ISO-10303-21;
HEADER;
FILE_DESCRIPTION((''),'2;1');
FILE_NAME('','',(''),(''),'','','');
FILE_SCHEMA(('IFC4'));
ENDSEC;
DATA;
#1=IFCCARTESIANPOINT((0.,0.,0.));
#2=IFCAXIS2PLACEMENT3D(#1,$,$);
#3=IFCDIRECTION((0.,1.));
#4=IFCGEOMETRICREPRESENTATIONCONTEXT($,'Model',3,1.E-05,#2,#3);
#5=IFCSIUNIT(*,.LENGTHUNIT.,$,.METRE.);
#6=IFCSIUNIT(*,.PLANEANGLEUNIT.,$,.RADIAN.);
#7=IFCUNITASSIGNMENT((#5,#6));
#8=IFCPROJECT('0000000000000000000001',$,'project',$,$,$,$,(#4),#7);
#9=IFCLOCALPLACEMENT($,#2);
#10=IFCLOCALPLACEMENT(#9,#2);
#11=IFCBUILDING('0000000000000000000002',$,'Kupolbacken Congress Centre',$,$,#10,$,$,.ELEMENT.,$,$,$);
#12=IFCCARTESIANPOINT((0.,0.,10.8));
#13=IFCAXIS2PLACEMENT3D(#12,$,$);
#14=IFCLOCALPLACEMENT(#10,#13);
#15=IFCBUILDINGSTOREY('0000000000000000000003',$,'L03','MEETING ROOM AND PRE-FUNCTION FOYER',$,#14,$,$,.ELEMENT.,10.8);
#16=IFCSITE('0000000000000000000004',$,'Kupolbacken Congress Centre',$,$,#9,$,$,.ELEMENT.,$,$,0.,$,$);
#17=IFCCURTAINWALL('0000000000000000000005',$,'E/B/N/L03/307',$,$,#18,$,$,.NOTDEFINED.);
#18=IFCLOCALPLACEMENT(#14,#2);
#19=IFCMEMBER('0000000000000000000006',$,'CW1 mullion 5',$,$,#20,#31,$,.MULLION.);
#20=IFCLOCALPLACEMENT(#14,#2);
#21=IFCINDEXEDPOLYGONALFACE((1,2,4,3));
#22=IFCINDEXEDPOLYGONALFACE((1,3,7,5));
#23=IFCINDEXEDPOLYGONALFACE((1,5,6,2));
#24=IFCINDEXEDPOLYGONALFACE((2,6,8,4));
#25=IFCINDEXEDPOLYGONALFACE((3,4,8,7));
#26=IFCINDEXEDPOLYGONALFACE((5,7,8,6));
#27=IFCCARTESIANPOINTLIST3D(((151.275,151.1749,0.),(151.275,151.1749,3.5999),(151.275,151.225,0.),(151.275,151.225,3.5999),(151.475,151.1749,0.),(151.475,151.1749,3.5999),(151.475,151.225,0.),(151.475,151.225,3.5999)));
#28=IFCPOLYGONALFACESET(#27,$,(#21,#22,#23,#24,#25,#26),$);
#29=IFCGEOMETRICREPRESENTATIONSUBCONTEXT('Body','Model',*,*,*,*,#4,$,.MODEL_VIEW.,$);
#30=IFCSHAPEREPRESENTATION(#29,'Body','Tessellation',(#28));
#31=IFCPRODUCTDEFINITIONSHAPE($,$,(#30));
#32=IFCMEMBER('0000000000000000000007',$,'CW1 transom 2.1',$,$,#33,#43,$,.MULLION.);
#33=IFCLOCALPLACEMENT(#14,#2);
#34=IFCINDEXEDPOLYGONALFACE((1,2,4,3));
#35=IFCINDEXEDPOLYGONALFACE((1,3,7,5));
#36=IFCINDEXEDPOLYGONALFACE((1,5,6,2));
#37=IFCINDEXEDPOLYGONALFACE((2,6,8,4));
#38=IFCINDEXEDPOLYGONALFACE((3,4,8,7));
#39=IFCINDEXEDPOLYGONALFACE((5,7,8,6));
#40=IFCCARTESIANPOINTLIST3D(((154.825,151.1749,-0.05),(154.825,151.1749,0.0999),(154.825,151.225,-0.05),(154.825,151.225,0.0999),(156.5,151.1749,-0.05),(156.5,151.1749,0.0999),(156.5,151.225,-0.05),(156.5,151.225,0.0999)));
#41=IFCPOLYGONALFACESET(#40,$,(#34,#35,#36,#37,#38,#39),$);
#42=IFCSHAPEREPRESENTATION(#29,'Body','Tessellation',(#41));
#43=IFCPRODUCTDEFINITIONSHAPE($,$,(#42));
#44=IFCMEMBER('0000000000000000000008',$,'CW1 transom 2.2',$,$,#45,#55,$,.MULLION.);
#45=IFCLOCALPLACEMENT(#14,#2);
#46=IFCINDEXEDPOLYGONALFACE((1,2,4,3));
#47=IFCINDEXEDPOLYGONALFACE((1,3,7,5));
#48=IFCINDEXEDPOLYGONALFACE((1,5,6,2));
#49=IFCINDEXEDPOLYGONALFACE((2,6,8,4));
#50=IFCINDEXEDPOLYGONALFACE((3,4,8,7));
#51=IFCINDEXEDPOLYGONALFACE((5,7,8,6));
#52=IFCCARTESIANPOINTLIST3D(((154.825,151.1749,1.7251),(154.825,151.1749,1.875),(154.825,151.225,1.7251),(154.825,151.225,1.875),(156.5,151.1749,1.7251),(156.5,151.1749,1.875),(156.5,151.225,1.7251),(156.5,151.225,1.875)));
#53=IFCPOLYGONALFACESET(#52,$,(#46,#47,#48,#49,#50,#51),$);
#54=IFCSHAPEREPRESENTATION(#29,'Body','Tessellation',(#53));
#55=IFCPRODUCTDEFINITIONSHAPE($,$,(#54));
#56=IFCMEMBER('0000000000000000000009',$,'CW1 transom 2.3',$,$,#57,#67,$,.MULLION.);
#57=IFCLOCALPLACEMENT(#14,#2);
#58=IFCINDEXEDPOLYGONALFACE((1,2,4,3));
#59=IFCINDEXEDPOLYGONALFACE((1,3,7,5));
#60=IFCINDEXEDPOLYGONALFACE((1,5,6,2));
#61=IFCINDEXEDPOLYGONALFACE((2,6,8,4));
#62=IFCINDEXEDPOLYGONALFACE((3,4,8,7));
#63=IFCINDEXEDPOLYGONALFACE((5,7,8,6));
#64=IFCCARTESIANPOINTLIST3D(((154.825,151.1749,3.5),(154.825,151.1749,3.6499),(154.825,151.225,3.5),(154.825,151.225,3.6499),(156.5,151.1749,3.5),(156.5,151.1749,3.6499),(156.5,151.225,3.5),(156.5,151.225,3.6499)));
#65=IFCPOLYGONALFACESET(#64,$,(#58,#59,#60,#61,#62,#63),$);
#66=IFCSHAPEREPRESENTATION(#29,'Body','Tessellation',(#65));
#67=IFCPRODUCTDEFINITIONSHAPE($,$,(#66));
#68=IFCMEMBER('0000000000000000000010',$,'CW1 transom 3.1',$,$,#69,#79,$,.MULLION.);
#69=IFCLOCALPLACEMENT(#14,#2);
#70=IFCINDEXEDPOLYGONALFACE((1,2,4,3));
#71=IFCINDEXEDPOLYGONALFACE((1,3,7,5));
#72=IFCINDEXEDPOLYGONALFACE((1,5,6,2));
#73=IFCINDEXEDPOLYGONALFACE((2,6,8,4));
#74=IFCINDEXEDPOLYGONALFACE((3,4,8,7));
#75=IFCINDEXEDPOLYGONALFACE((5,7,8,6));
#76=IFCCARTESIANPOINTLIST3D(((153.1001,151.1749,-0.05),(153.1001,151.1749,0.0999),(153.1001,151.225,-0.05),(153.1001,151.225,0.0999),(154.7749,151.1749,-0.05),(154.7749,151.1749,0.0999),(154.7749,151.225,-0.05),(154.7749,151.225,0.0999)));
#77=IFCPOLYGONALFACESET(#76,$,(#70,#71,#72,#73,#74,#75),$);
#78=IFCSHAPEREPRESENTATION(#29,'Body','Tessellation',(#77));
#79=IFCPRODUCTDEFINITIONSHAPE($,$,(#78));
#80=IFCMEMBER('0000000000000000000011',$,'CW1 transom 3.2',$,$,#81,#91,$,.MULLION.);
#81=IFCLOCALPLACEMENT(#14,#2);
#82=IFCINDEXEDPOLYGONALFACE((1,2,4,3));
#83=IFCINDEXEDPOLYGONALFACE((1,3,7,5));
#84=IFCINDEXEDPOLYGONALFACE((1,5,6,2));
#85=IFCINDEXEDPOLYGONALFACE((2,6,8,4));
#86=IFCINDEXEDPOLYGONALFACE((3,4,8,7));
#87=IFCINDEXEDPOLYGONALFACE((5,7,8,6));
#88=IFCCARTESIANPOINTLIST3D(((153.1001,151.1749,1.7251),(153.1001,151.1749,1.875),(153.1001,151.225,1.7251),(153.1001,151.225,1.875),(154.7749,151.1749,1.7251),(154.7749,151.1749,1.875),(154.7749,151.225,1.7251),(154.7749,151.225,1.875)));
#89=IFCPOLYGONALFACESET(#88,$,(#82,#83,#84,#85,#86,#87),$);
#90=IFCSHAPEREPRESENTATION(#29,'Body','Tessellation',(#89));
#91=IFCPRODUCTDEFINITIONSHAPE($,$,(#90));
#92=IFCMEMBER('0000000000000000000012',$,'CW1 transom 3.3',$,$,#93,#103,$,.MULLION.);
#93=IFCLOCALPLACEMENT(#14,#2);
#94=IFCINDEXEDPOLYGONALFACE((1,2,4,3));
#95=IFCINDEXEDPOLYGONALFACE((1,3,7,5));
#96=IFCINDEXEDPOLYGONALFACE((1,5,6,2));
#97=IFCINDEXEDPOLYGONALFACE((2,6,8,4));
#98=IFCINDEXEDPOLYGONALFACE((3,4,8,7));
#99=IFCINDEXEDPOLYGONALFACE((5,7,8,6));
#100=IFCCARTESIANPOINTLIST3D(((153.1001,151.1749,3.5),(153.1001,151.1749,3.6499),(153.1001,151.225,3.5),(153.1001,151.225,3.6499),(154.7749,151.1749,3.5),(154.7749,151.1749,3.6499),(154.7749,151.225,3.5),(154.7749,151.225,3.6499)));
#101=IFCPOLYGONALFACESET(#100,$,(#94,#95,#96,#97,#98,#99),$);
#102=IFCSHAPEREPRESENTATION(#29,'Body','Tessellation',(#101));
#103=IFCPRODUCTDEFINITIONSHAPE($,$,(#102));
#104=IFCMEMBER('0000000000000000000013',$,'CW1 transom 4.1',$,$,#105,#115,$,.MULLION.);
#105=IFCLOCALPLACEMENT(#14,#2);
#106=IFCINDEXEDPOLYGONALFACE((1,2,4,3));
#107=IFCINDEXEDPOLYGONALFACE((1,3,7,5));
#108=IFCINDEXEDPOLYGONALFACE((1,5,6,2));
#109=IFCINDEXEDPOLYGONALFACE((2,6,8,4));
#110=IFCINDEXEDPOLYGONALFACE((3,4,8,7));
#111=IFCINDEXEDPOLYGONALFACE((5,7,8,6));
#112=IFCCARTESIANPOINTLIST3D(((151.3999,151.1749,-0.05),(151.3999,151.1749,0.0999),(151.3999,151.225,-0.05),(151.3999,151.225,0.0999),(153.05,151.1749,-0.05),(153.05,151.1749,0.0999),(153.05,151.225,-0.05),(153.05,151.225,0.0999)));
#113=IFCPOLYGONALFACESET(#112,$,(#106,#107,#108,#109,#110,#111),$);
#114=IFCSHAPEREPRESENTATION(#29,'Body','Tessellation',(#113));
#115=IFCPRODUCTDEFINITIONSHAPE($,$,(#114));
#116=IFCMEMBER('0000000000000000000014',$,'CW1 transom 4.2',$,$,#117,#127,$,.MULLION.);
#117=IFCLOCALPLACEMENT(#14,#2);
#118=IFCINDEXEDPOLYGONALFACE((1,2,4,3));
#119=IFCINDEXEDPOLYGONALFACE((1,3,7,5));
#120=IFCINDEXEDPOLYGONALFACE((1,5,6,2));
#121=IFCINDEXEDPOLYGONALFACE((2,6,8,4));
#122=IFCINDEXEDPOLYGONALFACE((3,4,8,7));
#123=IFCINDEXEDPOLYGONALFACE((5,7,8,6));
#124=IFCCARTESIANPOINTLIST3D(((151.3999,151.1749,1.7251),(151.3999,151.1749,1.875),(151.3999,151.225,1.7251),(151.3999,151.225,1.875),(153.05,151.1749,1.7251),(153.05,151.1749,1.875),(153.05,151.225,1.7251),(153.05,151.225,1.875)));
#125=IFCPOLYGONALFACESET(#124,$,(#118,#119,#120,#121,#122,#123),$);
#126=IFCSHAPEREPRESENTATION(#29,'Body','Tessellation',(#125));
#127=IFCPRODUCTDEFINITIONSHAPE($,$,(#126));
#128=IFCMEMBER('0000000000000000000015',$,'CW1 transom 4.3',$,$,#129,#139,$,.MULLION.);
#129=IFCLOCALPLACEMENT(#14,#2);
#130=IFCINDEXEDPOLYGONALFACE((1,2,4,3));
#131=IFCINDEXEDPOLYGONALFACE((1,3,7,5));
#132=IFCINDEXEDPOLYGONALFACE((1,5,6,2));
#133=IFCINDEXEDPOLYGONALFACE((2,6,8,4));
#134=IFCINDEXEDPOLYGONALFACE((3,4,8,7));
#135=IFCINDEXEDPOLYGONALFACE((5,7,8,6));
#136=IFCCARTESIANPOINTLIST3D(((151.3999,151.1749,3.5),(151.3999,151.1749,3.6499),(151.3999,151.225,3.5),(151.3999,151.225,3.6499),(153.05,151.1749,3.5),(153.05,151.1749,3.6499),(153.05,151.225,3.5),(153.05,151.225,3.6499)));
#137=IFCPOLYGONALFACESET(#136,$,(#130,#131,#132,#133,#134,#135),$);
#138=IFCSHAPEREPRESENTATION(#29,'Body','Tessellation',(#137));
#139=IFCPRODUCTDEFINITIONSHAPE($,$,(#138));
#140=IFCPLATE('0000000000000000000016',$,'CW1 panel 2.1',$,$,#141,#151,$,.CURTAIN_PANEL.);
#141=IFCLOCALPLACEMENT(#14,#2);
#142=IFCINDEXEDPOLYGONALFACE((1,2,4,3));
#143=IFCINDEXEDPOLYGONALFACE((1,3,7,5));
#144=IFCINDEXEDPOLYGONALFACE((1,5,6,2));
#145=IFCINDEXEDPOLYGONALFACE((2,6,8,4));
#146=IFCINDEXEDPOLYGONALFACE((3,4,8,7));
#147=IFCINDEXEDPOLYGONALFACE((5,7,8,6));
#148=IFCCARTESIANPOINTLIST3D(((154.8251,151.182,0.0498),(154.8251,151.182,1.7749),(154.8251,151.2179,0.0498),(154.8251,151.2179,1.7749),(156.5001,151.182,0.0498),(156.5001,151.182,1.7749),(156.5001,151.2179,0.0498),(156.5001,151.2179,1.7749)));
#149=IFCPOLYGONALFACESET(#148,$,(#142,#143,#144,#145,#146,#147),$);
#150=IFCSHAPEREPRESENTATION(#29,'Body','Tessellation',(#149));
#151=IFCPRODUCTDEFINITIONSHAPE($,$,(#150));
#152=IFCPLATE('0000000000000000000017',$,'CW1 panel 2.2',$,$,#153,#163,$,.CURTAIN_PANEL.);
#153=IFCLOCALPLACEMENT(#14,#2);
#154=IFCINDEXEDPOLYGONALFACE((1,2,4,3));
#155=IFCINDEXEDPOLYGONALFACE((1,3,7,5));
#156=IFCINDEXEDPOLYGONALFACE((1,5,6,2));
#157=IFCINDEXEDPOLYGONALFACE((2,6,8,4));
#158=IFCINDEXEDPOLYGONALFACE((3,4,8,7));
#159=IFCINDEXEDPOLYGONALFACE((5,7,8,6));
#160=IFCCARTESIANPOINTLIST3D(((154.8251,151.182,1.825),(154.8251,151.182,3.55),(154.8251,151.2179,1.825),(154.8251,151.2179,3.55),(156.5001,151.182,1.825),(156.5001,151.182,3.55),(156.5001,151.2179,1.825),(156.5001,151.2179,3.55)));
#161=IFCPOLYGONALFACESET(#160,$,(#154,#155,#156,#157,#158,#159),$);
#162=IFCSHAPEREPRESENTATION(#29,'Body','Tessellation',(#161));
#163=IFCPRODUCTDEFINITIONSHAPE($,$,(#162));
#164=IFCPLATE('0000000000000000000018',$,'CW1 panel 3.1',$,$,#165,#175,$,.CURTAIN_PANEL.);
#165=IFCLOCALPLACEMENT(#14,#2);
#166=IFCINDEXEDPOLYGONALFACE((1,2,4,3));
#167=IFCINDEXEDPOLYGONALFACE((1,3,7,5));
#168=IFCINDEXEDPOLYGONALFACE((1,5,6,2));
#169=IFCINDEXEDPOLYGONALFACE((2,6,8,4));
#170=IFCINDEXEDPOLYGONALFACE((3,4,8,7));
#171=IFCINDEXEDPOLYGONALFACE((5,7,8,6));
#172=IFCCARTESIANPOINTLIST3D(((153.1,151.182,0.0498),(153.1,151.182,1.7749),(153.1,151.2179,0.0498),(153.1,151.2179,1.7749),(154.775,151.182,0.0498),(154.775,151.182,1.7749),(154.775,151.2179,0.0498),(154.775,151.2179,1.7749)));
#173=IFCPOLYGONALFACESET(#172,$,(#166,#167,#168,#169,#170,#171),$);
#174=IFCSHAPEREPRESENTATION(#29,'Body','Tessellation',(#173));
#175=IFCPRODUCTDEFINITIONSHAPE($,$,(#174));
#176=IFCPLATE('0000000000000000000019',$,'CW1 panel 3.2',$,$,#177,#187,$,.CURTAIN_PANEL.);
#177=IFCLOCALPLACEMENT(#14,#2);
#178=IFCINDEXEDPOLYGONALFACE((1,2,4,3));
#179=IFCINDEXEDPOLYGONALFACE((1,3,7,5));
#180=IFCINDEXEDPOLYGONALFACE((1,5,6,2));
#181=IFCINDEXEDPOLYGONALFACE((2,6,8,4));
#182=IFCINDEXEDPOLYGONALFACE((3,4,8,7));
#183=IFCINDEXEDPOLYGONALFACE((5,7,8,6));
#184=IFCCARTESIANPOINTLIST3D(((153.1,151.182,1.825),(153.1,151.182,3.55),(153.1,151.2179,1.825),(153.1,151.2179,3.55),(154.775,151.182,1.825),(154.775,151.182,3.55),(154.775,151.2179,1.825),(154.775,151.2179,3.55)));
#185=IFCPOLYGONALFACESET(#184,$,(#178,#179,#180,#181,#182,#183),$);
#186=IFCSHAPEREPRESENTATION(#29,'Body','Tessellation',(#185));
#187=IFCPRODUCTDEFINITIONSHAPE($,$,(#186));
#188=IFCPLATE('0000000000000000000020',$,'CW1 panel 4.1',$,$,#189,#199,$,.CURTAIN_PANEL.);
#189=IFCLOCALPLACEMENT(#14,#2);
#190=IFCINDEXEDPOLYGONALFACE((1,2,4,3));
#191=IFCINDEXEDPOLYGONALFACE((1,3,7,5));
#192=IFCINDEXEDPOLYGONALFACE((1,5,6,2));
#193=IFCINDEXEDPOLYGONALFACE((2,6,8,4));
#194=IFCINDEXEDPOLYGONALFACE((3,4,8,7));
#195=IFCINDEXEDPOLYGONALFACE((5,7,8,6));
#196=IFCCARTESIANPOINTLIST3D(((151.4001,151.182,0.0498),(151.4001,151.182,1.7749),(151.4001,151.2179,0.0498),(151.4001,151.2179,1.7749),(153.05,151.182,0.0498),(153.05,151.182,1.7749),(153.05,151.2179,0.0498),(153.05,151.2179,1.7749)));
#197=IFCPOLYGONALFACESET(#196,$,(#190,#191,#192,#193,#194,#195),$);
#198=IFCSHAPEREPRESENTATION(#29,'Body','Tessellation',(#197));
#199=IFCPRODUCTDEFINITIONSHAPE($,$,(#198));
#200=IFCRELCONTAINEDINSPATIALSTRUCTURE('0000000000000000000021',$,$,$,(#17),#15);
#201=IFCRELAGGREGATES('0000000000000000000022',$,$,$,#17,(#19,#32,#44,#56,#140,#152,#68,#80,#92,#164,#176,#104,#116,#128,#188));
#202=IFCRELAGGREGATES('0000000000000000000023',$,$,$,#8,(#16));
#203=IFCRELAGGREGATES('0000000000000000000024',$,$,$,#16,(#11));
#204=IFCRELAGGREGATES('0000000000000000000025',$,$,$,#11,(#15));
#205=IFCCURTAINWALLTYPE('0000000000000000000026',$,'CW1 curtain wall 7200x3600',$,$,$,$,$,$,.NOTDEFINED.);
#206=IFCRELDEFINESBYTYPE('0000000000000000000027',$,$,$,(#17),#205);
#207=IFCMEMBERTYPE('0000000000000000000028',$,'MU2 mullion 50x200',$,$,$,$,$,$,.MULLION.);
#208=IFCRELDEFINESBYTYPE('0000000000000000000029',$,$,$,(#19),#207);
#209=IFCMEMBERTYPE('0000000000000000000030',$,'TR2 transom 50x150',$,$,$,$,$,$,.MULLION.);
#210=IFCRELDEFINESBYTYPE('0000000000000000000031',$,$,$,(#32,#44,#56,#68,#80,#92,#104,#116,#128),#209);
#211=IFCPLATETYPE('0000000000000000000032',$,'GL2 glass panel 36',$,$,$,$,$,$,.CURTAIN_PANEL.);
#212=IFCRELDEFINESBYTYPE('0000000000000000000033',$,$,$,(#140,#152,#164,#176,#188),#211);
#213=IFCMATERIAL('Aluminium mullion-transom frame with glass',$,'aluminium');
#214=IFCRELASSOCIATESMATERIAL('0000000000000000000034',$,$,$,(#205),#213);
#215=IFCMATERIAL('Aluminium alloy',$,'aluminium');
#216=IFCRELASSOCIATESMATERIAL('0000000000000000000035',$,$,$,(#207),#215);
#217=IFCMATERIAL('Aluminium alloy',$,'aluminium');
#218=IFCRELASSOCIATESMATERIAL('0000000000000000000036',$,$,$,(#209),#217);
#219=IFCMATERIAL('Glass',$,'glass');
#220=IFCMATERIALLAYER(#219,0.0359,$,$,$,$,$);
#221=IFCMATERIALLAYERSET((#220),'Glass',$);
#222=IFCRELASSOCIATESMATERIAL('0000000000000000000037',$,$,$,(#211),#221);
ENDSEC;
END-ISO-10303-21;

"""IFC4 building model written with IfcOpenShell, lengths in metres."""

from ifc_helpers import new_model, si_unit, direction, frame, origin, origin_2d, place, context, subcontext, project, spatial, rectangle, extrude, material, layer, layer_set, material_profile, profile_set, type_object, element, aggregate, save


model = new_model("IFC4")

# Units and contexts
model_context = context("Model", 3, precision=1e-05, world=origin(), true_north=direction((0.0, 1.0)))
body_context = subcontext(model_context, "Body", "Model", "MODEL_VIEW")
ifc_project = project(units=[si_unit("LENGTHUNIT", "METRE"), si_unit("PLANEANGLEUNIT", "RADIAN")], contexts=[model_context])

# Site, building, storey
site_placement = place(None, origin())
site = spatial("IfcSite", under=ifc_project, at=site_placement, Name="Kupolbacken Congress Centre", CompositionType="ELEMENT", RefElevation=0.0)
building_placement = place(site_placement, origin())
building = spatial("IfcBuilding", under=site, at=building_placement, Name="Kupolbacken Congress Centre", CompositionType="ELEMENT")
storey_placement = place(building_placement, frame((0.0, 0.0, 10.8)))
storey = spatial("IfcBuildingStorey", under=building, at=storey_placement, Name="L03", Description="MEETING ROOM AND PRE-FUNCTION FOYER", CompositionType="ELEMENT", Elevation=10.8)

# Curtain wall, members, plates
ifc_material_1 = material(Name="Aluminium mullion-transom frame with glass", Category="aluminium")
curtain_wall_type = type_object("IfcCurtainWallType", Name="CW1 curtain wall 7200x3600", PredefinedType="NOTDEFINED", material=ifc_material_1)
curtain_wall_placement = place(storey_placement, origin())
curtain_wall = element("IfcCurtainWall", 1, at=curtain_wall_placement, inside=storey, type_object=curtain_wall_type, Name="E/B/N/L03/307", PredefinedType="NOTDEFINED")
ifc_material_2 = material(Name="Aluminium alloy", Category="aluminium")
ifc_material_profile_1 = material_profile(ifc_material_2, rectangle(XDim=0.05, YDim=0.2, at=origin_2d()), Name="50 x 200")
ifc_profile_set_1 = profile_set([ifc_material_profile_1], Name="Aluminium alloy")
member_type_1 = type_object("IfcMemberType", Name="MU2 mullion 50x200", PredefinedType="MULLION", material=ifc_profile_set_1)
member_1_placement = place(storey_placement, frame((151.375, 151.2, 0.0), z_axis=(0.0, 0.0, 1.0), x_axis=(0.0, -1.0, 0.0)))
member_1 = element("IfcMember", 2, at=member_1_placement, type_object=member_type_1, Name="CW1 mullion 5", PredefinedType="MULLION", context=body_context, shape_type="SweptSolid", body=[
    extrude(rectangle(XDim=0.05, YDim=0.2, at=origin_2d()), origin(), (0.0, 0.0, 1.0), 3.5999),
])
ifc_material_3 = material(Name="Aluminium alloy", Category="aluminium")
ifc_material_profile_2 = material_profile(ifc_material_3, rectangle(XDim=0.05, YDim=0.1499, at=origin_2d()), Name="50 x 150")
ifc_profile_set_2 = profile_set([ifc_material_profile_2], Name="Aluminium alloy")
member_type_2 = type_object("IfcMemberType", Name="TR2 transom 50x150", PredefinedType="MULLION", material=ifc_profile_set_2)
member_2_placement = place(storey_placement, frame((156.5, 151.2, 0.0249), z_axis=(-1.0, 0.0, 0.0), x_axis=(0.0, -1.0, 0.0)))
member_2 = element("IfcMember", 3, at=member_2_placement, type_object=member_type_2, Name="CW1 transom 2.1", PredefinedType="MULLION", context=body_context, shape_type="SweptSolid", body=[
    extrude(rectangle(XDim=0.05, YDim=0.1499, at=origin_2d()), origin(), (0.0, 0.0, 1.0), 1.675),
])
member_3_placement = place(storey_placement, frame((156.5, 151.2, 1.8), z_axis=(-1.0, 0.0, 0.0), x_axis=(0.0, -1.0, 0.0)))
member_3 = element("IfcMember", 4, at=member_3_placement, type_object=member_type_2, Name="CW1 transom 2.2", PredefinedType="MULLION", context=body_context, shape_type="SweptSolid", body=[
    extrude(rectangle(XDim=0.05, YDim=0.1499, at=origin_2d()), origin(), (0.0, 0.0, 1.0), 1.675),
])
member_4_placement = place(storey_placement, frame((156.5, 151.2, 3.575), z_axis=(-1.0, 0.0, 0.0), x_axis=(0.0, -1.0, 0.0)))
member_4 = element("IfcMember", 5, at=member_4_placement, type_object=member_type_2, Name="CW1 transom 2.3", PredefinedType="MULLION", context=body_context, shape_type="SweptSolid", body=[
    extrude(rectangle(XDim=0.05, YDim=0.1499, at=origin_2d()), origin(), (0.0, 0.0, 1.0), 1.675),
])
member_5_placement = place(storey_placement, frame((154.7749, 151.2, 0.0249), z_axis=(-1.0, 0.0, 0.0), x_axis=(0.0, -1.0, 0.0)))
member_5 = element("IfcMember", 6, at=member_5_placement, type_object=member_type_2, Name="CW1 transom 3.1", PredefinedType="MULLION", context=body_context, shape_type="SweptSolid", body=[
    extrude(rectangle(XDim=0.05, YDim=0.1499, at=origin_2d()), origin(), (0.0, 0.0, 1.0), 1.6748),
])
member_6_placement = place(storey_placement, frame((154.7749, 151.2, 1.8), z_axis=(-1.0, 0.0, 0.0), x_axis=(0.0, -1.0, 0.0)))
member_6 = element("IfcMember", 7, at=member_6_placement, type_object=member_type_2, Name="CW1 transom 3.2", PredefinedType="MULLION", context=body_context, shape_type="SweptSolid", body=[
    extrude(rectangle(XDim=0.05, YDim=0.1499, at=origin_2d()), origin(), (0.0, 0.0, 1.0), 1.6748),
])
member_7_placement = place(storey_placement, frame((154.7749, 151.2, 3.575), z_axis=(-1.0, 0.0, 0.0), x_axis=(0.0, -1.0, 0.0)))
member_7 = element("IfcMember", 8, at=member_7_placement, type_object=member_type_2, Name="CW1 transom 3.3", PredefinedType="MULLION", context=body_context, shape_type="SweptSolid", body=[
    extrude(rectangle(XDim=0.05, YDim=0.1499, at=origin_2d()), origin(), (0.0, 0.0, 1.0), 1.6748),
])
member_8_placement = place(storey_placement, frame((153.05, 151.2, 0.0249), z_axis=(-1.0, 0.0, 0.0), x_axis=(0.0, -1.0, 0.0)))
member_8 = element("IfcMember", 9, at=member_8_placement, type_object=member_type_2, Name="CW1 transom 4.1", PredefinedType="MULLION", context=body_context, shape_type="SweptSolid", body=[
    extrude(rectangle(XDim=0.05, YDim=0.1499, at=origin_2d()), origin(), (0.0, 0.0, 1.0), 1.6501),
])
member_9_placement = place(storey_placement, frame((153.05, 151.2, 1.8), z_axis=(-1.0, 0.0, 0.0), x_axis=(0.0, -1.0, 0.0)))
member_9 = element("IfcMember", 10, at=member_9_placement, type_object=member_type_2, Name="CW1 transom 4.2", PredefinedType="MULLION", context=body_context, shape_type="SweptSolid", body=[
    extrude(rectangle(XDim=0.05, YDim=0.1499, at=origin_2d()), origin(), (0.0, 0.0, 1.0), 1.6501),
])
member_10_placement = place(storey_placement, frame((153.05, 151.2, 3.575), z_axis=(-1.0, 0.0, 0.0), x_axis=(0.0, -1.0, 0.0)))
member_10 = element("IfcMember", 11, at=member_10_placement, type_object=member_type_2, Name="CW1 transom 4.3", PredefinedType="MULLION", context=body_context, shape_type="SweptSolid", body=[
    extrude(rectangle(XDim=0.05, YDim=0.1499, at=origin_2d()), origin(), (0.0, 0.0, 1.0), 1.6501),
])
ifc_material_4 = material(Name="Glass", Category="glass")
ifc_layer_1 = layer(ifc_material_4, 0.0359)
ifc_layer_set_1 = layer_set([ifc_layer_1], Name="Glass")
plate_type = type_object("IfcPlateType", Name="GL2 glass panel 36", PredefinedType="CURTAIN_PANEL", material=ifc_layer_set_1)
plate_1_placement = place(storey_placement, frame((155.6626, 151.2, 0.0498), z_axis=(0.0, 0.0, 1.0), x_axis=(-1.0, 0.0, 0.0)))
plate_1 = element("IfcPlate", 12, at=plate_1_placement, type_object=plate_type, Name="CW1 panel 2.1", PredefinedType="CURTAIN_PANEL", context=body_context, shape_type="SweptSolid", body=[
    extrude(rectangle(XDim=1.675, YDim=0.0359, at=origin_2d()), origin(), (0.0, 0.0, 1.0), 1.7251),
])
plate_2_placement = place(storey_placement, frame((155.6626, 151.2, 1.825), z_axis=(0.0, 0.0, 1.0), x_axis=(-1.0, 0.0, 0.0)))
plate_2 = element("IfcPlate", 13, at=plate_2_placement, type_object=plate_type, Name="CW1 panel 2.2", PredefinedType="CURTAIN_PANEL", context=body_context, shape_type="SweptSolid", body=[
    extrude(rectangle(XDim=1.675, YDim=0.0359, at=origin_2d()), origin(), (0.0, 0.0, 1.0), 1.7251),
])
plate_3_placement = place(storey_placement, frame((153.9375, 151.2, 0.0498), z_axis=(0.0, 0.0, 1.0), x_axis=(-1.0, 0.0, 0.0)))
plate_3 = element("IfcPlate", 14, at=plate_3_placement, type_object=plate_type, Name="CW1 panel 3.1", PredefinedType="CURTAIN_PANEL", context=body_context, shape_type="SweptSolid", body=[
    extrude(rectangle(XDim=1.675, YDim=0.0359, at=origin_2d()), origin(), (0.0, 0.0, 1.0), 1.7251),
])
plate_4_placement = place(storey_placement, frame((153.9375, 151.2, 1.825), z_axis=(0.0, 0.0, 1.0), x_axis=(-1.0, 0.0, 0.0)))
plate_4 = element("IfcPlate", 15, at=plate_4_placement, type_object=plate_type, Name="CW1 panel 3.2", PredefinedType="CURTAIN_PANEL", context=body_context, shape_type="SweptSolid", body=[
    extrude(rectangle(XDim=1.675, YDim=0.0359, at=origin_2d()), origin(), (0.0, 0.0, 1.0), 1.7251),
])
plate_5_placement = place(storey_placement, frame((152.2251, 151.2, 0.0498), z_axis=(0.0, 0.0, 1.0), x_axis=(-1.0, 0.0, 0.0)))
plate_5 = element("IfcPlate", 16, at=plate_5_placement, type_object=plate_type, Name="CW1 panel 4.1", PredefinedType="CURTAIN_PANEL", context=body_context, shape_type="SweptSolid", body=[
    extrude(rectangle(XDim=1.6499, YDim=0.0359, at=origin_2d()), origin(), (0.0, 0.0, 1.0), 1.7251),
])
aggregate(curtain_wall, [member_1, member_2, member_3, member_4, plate_1, plate_2, member_5, member_6, member_7, plate_3, plate_4, member_8, member_9, member_10, plate_5])

save(model, "model.ifc")
